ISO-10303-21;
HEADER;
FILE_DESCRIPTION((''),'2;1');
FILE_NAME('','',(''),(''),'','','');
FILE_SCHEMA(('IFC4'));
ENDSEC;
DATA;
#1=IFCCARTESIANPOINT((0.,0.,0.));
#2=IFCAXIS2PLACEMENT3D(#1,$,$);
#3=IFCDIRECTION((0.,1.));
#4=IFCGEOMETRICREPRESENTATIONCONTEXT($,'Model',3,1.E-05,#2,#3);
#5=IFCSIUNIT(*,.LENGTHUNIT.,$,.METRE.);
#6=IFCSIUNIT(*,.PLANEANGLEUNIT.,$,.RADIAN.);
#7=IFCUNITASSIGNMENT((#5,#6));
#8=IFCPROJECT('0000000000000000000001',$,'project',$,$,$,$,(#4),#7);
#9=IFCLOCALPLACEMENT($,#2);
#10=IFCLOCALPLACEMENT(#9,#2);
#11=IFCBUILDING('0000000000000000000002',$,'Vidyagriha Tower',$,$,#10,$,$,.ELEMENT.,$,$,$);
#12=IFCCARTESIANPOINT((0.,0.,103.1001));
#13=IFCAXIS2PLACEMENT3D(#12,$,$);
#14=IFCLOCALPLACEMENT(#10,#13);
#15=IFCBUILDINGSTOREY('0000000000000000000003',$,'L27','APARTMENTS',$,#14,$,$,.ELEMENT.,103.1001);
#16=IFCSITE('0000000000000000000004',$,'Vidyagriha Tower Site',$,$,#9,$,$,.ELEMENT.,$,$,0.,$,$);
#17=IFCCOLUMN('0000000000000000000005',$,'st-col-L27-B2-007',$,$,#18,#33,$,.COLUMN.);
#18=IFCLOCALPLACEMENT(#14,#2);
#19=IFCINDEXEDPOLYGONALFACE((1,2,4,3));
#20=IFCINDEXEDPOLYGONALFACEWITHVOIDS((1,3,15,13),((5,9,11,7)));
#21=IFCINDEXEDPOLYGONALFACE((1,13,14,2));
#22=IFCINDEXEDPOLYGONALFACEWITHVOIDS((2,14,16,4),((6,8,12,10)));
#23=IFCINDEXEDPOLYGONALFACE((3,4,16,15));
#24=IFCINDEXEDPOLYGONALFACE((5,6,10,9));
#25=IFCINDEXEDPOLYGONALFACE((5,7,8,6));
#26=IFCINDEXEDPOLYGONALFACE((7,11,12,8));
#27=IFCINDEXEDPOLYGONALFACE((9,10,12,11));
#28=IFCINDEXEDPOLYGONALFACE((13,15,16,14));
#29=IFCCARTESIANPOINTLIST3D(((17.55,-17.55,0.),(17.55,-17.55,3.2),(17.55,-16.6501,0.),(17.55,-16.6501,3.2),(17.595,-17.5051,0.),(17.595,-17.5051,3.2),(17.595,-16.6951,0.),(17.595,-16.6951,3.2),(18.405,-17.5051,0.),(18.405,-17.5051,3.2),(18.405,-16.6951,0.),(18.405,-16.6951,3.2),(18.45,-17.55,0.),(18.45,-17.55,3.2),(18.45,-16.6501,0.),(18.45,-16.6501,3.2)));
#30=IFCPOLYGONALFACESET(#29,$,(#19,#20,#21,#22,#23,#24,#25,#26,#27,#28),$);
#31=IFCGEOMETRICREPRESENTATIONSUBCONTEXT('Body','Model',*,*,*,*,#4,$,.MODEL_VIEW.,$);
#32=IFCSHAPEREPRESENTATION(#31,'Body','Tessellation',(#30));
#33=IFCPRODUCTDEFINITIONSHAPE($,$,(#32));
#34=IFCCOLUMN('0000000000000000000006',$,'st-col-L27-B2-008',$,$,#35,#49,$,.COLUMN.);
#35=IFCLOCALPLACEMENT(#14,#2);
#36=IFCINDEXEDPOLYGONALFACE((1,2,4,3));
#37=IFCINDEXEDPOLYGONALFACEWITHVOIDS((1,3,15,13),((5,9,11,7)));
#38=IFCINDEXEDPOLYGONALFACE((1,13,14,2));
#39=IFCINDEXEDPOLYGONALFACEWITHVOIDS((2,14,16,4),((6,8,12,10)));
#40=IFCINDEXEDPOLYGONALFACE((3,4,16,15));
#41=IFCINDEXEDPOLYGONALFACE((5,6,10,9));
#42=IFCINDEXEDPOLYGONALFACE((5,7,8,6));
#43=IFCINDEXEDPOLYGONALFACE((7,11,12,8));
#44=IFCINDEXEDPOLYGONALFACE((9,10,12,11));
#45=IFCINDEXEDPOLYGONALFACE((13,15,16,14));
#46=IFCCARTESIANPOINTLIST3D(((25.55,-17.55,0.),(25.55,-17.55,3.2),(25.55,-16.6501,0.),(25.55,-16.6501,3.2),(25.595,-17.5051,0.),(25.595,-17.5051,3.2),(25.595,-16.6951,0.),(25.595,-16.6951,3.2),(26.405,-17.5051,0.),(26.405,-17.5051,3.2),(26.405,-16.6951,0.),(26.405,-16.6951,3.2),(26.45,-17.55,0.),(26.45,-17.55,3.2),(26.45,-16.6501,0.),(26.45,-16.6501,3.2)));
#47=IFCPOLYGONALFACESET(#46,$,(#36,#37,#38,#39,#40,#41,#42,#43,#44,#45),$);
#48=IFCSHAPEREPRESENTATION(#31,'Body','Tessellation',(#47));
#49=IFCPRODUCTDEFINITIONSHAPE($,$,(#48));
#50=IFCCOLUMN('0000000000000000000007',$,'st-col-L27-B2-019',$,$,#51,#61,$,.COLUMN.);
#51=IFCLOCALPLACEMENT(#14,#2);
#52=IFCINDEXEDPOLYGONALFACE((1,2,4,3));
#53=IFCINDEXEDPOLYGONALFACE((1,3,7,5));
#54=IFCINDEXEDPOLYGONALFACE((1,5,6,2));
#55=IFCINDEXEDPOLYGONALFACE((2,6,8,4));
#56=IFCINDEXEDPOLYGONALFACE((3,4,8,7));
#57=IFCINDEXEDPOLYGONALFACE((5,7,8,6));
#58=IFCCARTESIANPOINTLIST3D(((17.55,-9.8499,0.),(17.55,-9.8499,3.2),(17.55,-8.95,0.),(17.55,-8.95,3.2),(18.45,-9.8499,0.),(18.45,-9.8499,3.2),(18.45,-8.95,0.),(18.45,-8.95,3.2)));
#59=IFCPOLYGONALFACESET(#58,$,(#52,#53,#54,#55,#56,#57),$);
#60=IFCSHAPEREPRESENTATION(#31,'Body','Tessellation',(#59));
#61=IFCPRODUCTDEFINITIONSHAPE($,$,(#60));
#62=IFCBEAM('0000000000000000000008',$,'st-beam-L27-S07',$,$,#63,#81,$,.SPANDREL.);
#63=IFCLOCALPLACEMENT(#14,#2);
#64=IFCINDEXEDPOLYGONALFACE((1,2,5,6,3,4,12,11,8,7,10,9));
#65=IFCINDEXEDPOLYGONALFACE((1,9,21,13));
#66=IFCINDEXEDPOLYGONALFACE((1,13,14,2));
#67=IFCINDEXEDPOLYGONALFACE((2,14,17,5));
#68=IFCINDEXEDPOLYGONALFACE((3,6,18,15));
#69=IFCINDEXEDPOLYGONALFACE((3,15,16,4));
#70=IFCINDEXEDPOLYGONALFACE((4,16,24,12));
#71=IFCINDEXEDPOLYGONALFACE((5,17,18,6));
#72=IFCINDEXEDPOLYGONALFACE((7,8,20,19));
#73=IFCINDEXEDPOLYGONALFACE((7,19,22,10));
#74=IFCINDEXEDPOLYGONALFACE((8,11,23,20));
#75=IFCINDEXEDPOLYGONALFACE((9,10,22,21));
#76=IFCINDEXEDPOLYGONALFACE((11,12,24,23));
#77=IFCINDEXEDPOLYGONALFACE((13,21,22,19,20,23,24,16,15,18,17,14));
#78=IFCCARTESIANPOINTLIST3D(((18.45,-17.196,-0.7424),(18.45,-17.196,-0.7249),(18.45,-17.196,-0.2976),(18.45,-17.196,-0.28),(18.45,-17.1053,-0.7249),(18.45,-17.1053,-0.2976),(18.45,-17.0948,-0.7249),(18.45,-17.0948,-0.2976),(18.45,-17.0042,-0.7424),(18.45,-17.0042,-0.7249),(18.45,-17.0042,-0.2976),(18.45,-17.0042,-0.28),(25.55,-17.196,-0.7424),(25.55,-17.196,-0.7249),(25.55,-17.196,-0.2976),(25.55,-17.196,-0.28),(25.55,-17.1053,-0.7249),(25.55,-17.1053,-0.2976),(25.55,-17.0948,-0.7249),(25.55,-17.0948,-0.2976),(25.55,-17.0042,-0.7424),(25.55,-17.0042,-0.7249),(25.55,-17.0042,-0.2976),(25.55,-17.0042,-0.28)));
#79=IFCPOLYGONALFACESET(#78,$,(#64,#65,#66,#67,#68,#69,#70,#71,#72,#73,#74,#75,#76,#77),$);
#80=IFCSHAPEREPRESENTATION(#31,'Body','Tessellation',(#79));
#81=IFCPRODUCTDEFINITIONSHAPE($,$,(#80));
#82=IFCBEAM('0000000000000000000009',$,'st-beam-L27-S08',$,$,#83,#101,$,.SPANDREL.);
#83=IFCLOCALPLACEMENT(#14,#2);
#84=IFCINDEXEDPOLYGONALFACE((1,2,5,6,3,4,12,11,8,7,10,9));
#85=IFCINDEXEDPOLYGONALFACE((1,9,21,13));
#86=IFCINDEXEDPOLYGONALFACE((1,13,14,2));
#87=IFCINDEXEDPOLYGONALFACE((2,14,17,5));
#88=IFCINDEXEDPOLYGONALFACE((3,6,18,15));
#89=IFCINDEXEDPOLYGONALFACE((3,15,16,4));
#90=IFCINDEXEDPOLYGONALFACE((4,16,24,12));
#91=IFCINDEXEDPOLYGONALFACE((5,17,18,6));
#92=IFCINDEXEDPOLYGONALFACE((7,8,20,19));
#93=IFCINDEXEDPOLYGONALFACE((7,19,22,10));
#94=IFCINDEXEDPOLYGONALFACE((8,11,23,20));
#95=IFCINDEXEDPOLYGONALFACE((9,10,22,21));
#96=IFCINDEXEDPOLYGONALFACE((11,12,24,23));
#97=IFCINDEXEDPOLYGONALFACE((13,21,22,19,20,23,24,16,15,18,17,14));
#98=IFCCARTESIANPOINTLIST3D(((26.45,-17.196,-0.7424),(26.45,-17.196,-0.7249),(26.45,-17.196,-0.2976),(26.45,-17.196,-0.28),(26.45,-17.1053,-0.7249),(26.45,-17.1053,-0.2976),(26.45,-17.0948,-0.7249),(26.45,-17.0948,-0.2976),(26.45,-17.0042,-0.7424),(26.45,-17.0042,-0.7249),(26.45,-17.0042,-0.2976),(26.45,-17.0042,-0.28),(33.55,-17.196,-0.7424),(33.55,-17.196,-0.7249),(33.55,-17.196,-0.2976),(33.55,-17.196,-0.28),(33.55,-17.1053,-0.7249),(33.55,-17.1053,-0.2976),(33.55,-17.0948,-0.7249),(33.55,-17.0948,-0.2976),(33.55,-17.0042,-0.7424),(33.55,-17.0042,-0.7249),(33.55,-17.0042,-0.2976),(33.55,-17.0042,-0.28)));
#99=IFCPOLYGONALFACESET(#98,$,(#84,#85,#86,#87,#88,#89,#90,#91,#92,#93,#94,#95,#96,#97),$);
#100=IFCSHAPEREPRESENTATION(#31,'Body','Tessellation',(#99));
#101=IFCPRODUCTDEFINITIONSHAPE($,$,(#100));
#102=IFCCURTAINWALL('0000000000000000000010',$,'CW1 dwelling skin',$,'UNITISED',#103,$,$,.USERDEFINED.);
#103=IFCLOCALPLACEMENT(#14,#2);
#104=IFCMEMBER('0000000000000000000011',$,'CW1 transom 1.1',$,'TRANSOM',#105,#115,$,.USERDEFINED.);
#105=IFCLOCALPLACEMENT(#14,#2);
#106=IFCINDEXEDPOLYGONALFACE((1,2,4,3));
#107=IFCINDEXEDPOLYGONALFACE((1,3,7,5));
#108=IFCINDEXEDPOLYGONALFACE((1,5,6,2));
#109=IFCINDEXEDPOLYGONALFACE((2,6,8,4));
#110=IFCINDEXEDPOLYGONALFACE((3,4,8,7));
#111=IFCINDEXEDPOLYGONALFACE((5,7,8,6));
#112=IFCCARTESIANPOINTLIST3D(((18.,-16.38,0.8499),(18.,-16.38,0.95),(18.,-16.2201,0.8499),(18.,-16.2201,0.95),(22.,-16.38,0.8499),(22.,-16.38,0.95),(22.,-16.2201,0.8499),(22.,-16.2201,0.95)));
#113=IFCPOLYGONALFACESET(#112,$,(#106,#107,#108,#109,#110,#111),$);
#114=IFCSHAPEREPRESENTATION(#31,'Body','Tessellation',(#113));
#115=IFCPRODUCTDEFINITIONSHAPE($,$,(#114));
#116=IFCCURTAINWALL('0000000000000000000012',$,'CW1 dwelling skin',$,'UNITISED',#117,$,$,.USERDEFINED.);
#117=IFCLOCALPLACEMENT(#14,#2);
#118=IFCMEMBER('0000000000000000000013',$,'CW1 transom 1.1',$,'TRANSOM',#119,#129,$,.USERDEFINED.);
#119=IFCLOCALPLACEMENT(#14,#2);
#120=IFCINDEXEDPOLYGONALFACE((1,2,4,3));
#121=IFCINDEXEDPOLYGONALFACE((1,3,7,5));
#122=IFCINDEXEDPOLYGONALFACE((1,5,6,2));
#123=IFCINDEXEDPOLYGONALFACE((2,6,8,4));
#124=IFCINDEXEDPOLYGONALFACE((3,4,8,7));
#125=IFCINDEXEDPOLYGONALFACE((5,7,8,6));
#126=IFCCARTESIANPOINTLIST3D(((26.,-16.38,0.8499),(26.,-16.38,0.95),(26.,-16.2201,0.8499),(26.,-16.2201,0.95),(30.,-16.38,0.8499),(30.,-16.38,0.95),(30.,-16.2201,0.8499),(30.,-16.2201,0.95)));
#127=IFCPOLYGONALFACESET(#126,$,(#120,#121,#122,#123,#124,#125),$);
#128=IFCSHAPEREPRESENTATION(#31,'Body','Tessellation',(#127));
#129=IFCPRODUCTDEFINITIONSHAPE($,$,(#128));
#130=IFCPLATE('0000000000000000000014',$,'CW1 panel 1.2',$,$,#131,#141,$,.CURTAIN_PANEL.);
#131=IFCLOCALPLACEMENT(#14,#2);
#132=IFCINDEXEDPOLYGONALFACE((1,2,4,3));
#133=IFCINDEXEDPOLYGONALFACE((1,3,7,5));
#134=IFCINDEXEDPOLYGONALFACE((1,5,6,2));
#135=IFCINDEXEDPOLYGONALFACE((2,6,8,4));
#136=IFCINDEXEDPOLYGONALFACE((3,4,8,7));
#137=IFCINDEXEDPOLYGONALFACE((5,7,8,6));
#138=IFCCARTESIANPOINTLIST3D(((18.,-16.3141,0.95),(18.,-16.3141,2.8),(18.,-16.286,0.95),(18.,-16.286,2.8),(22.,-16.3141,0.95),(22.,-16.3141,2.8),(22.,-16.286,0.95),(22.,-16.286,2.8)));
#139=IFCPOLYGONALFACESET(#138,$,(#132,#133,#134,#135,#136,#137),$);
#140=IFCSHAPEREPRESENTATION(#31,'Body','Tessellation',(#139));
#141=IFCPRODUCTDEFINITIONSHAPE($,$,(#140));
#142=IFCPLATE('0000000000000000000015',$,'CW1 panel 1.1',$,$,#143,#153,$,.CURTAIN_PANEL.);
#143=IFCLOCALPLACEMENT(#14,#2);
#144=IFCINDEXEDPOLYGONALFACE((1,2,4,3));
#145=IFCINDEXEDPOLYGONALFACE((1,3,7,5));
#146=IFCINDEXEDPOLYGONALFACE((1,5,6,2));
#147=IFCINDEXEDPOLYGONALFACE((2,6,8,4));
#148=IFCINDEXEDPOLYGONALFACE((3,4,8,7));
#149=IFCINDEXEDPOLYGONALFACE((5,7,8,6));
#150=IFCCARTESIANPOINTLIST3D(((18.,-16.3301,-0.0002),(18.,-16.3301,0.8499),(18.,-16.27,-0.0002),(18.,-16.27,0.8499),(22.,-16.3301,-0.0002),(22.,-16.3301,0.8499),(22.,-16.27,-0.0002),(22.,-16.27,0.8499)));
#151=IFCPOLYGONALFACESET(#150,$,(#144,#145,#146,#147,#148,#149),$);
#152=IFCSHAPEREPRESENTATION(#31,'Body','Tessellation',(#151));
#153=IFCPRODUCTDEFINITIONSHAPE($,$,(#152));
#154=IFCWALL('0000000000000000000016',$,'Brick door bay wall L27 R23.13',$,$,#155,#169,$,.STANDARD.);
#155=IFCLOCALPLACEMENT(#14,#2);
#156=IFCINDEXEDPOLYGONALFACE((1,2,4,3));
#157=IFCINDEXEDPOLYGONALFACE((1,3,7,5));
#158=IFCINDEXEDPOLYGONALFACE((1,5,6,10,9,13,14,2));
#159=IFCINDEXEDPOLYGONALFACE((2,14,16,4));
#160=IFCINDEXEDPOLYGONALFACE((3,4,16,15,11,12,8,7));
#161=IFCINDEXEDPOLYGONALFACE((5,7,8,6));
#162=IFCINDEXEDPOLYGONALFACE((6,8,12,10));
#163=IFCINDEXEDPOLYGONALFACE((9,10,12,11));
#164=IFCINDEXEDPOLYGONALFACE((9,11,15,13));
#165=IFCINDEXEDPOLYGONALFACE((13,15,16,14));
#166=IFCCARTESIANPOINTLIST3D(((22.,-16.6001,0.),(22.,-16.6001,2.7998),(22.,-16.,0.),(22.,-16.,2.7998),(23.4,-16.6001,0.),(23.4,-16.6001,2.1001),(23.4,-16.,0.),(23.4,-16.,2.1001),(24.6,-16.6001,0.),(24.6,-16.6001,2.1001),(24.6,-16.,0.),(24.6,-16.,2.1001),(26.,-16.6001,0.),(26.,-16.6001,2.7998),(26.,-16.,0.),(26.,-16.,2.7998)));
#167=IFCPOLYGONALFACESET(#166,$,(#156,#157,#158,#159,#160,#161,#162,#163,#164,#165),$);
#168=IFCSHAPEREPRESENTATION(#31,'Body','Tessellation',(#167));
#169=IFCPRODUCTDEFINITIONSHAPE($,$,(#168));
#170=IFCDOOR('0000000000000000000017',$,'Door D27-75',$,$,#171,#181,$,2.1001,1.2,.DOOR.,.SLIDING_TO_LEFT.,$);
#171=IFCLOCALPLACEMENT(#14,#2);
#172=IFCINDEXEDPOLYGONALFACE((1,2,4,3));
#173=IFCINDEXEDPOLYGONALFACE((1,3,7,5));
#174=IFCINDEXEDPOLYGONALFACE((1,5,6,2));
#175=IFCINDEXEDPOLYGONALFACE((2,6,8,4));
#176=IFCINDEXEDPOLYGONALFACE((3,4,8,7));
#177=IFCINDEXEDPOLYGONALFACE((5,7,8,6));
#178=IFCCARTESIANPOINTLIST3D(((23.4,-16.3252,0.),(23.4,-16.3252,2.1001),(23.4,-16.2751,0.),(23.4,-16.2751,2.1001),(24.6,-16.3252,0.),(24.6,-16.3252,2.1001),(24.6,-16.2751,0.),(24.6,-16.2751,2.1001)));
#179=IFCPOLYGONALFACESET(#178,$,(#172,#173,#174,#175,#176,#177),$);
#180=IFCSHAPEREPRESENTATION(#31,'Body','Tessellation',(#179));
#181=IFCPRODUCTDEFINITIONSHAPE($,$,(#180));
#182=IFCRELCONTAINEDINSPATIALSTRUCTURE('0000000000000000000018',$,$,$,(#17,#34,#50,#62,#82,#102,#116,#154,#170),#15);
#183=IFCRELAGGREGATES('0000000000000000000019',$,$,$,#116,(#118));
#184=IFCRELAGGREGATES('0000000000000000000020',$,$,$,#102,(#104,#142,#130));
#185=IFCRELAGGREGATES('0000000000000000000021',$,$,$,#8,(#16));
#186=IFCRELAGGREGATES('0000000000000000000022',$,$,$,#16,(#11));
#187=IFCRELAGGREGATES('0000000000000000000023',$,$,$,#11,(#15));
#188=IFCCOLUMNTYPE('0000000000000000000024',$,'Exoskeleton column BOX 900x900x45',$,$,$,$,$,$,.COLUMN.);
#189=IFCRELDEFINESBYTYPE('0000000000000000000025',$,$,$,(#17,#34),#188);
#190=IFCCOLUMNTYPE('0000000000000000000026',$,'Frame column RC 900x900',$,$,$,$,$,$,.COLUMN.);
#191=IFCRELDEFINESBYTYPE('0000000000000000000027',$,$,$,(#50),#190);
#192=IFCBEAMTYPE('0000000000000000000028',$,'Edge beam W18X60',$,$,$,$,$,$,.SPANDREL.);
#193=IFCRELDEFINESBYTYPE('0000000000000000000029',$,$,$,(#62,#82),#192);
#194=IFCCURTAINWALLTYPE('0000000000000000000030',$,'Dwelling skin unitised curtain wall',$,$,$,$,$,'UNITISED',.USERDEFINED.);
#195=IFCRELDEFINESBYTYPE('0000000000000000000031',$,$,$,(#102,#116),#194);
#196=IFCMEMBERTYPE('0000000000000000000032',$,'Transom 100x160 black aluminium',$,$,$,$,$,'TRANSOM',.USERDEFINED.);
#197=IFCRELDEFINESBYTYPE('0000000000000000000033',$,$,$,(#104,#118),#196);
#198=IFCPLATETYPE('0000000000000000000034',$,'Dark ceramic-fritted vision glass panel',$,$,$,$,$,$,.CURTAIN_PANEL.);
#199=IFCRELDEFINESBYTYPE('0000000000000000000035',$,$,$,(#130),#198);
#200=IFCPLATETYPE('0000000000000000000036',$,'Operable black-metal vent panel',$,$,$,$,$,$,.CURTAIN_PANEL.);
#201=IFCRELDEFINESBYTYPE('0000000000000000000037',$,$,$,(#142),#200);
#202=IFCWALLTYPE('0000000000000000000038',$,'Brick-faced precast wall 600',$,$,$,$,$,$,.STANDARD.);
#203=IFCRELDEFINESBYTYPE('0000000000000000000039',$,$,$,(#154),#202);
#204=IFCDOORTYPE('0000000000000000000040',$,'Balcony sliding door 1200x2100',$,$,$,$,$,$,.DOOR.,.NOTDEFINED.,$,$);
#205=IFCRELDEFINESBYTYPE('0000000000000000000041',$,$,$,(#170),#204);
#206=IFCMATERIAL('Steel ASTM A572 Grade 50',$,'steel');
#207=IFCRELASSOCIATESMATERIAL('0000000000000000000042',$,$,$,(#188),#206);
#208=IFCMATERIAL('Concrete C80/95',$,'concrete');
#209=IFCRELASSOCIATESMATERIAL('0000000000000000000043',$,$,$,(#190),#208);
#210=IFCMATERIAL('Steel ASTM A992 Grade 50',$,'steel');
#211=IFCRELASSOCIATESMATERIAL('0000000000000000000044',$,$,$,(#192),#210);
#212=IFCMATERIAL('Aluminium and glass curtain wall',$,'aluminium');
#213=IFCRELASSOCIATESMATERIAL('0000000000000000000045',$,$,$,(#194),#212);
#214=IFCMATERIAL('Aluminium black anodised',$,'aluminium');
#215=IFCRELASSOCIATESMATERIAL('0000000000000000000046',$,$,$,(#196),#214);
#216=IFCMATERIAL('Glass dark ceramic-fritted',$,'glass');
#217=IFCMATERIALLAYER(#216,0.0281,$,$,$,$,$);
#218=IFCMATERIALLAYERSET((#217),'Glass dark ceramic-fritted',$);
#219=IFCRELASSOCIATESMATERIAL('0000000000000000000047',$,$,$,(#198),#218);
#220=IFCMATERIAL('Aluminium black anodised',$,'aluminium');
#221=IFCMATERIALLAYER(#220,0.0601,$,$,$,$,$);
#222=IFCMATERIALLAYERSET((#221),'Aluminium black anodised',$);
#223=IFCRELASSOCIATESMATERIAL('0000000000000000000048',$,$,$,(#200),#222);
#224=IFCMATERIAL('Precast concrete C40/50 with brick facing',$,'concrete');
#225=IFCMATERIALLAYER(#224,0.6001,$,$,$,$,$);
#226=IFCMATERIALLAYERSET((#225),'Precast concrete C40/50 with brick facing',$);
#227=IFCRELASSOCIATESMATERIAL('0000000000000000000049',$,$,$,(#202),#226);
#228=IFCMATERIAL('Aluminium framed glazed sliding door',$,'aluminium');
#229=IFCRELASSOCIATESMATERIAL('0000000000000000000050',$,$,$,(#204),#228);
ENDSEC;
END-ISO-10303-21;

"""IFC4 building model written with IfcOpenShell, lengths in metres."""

from ifc_helpers import new_model, si_unit, direction, frame, frame_2d, origin, origin_2d, place, context, subcontext, project, spatial, rectangle, hollow_rectangle, i_section, extrude, material, layer, layer_set, material_profile, profile_set, type_object, element, fill, aggregate, save


model = new_model("IFC4")

# Units and contexts
model_context = context("Model", 3, precision=1e-05, world=origin(), true_north=direction((0.0, 1.0)))
body_context = subcontext(model_context, "Body", "Model", "MODEL_VIEW")
ifc_project = project(units=[si_unit("LENGTHUNIT", "METRE"), si_unit("PLANEANGLEUNIT", "RADIAN")], contexts=[model_context])

# Site, building, storey
site_placement = place(None, origin())
site = spatial("IfcSite", under=ifc_project, at=site_placement, Name="Vidyagriha Tower Site", CompositionType="ELEMENT", RefElevation=0.0)
building_placement = place(site_placement, origin())
building = spatial("IfcBuilding", under=site, at=building_placement, Name="Vidyagriha Tower", CompositionType="ELEMENT")
storey_placement = place(building_placement, frame((0.0, 0.0, 103.1001)))
storey = spatial("IfcBuildingStorey", under=building, at=storey_placement, Name="L27", Description="APARTMENTS", CompositionType="ELEMENT", Elevation=103.1001)

# Columns
ifc_material_1 = material(Name="Steel ASTM A572 Grade 50", Category="steel")
ifc_material_profile_1 = material_profile(ifc_material_1, hollow_rectangle(XDim=0.8999, YDim=0.8999, WallThickness=0.0449, at=origin_2d()), Name="BOX 900x900x45")
ifc_profile_set_1 = profile_set([ifc_material_profile_1], Name="Steel ASTM A572 Grade 50")
column_type_1 = type_object("IfcColumnType", Name="Exoskeleton column BOX 900x900x45", PredefinedType="COLUMN", material=ifc_profile_set_1)
for number, where, name in (
    (1, (18.0, -17.1001, 0.0), "st-col-L27-B2-007"),
    (2, (26.0, -17.1001, 0.0), "st-col-L27-B2-008"),
):
    element("IfcColumn", number, at=place(storey_placement, frame(where)), inside=storey, type_object=column_type_1, Name=name, PredefinedType="COLUMN", context=body_context, shape_type="SweptSolid", body=[
        extrude(hollow_rectangle(XDim=0.8999, YDim=0.8999, WallThickness=0.0449, at=origin_2d()), origin(), (0.0, 0.0, 1.0), 3.2),
    ])
ifc_material_2 = material(Name="Concrete C80/95", Category="concrete")
ifc_material_profile_2 = material_profile(ifc_material_2, rectangle(XDim=0.8999, YDim=0.8999, at=origin_2d()), Name="RC 900x900")
ifc_profile_set_2 = profile_set([ifc_material_profile_2], Name="Concrete C80/95")
column_type_2 = type_object("IfcColumnType", Name="Frame column RC 900x900", PredefinedType="COLUMN", material=ifc_profile_set_2)
column_placement = place(storey_placement, frame((18.0, -9.3999, 0.0)))
element("IfcColumn", 3, at=column_placement, inside=storey, type_object=column_type_2, Name="st-col-L27-B2-019", PredefinedType="COLUMN", context=body_context, shape_type="SweptSolid", body=[
    extrude(rectangle(XDim=0.8999, YDim=0.8999, at=origin_2d()), origin(), (0.0, 0.0, 1.0), 3.2),
])

# Beams
ifc_material_3 = material(Name="Steel ASTM A992 Grade 50", Category="steel")
ifc_material_profile_3 = material_profile(ifc_material_3, i_section(OverallWidth=0.1919, OverallDepth=0.4624, WebThickness=0.0105, FlangeThickness=0.0176, at=origin_2d()), Name="W18X60")
ifc_profile_set_3 = profile_set([ifc_material_profile_3], Name="Steel ASTM A992 Grade 50")
beam_type = type_object("IfcBeamType", Name="Edge beam W18X60", PredefinedType="SPANDREL", material=ifc_profile_set_3)
for number, where, z_axis, x_axis, name in (
    (4, (18.45, -17.1001, -0.5112), (1.0, 0.0, 0.0), (0.0, 1.0, 0.0), "st-beam-L27-S07"),
    (5, (26.45, -17.1001, -0.5112), (1.0, 0.0, 0.0), (0.0, 1.0, 0.0), "st-beam-L27-S08"),
):
    element("IfcBeam", number, at=place(storey_placement, frame(where, z_axis=z_axis, x_axis=x_axis)), inside=storey, type_object=beam_type, Name=name, PredefinedType="SPANDREL", context=body_context, shape_type="SweptSolid", body=[
        extrude(i_section(OverallWidth=0.1919, OverallDepth=0.4624, WebThickness=0.0105, FlangeThickness=0.0176, at=origin_2d()), origin(), (0.0, 0.0, 1.0), 7.1001),
    ])

# Curtain walls, members
ifc_material_4 = material(Name="Aluminium and glass curtain wall", Category="aluminium")
curtain_wall_type = type_object("IfcCurtainWallType", Name="Dwelling skin unitised curtain wall", ElementType="UNITISED", PredefinedType="USERDEFINED", material=ifc_material_4)
curtain_wall_1_placement = place(storey_placement, origin())
curtain_wall_1 = element("IfcCurtainWall", 6, at=curtain_wall_1_placement, inside=storey, type_object=curtain_wall_type, Name="CW1 dwelling skin", ObjectType="UNITISED", PredefinedType="USERDEFINED")
ifc_material_5 = material(Name="Aluminium black anodised", Category="aluminium")
ifc_material_profile_4 = material_profile(ifc_material_5, rectangle(XDim=0.1599, YDim=0.1001, at=origin_2d()), Name="Transom 100x160 black aluminium")
ifc_profile_set_4 = profile_set([ifc_material_profile_4], Name="Aluminium black anodised")
member_type = type_object("IfcMemberType", Name="Transom 100x160 black aluminium", ElementType="TRANSOM", PredefinedType="USERDEFINED", material=ifc_profile_set_4)
member_1_placement = place(storey_placement, frame((18.0, -16.3, 0.8999), z_axis=(1.0, 0.0, 0.0), x_axis=(0.0, 1.0, 0.0)))
member_1 = element("IfcMember", 7, at=member_1_placement, type_object=member_type, Name="CW1 transom 1.1", ObjectType="TRANSOM", PredefinedType="USERDEFINED", context=body_context, shape_type="SweptSolid", body=[
    extrude(rectangle(XDim=0.1599, YDim=0.1001, at=origin_2d()), origin(), (0.0, 0.0, 1.0), 4.0),
])
curtain_wall_2_placement = place(storey_placement, origin())
curtain_wall_2 = element("IfcCurtainWall", 8, at=curtain_wall_2_placement, inside=storey, type_object=curtain_wall_type, Name="CW1 dwelling skin", ObjectType="UNITISED", PredefinedType="USERDEFINED")
member_2_placement = place(storey_placement, frame((26.0, -16.3, 0.8999), z_axis=(1.0, 0.0, 0.0), x_axis=(0.0, 1.0, 0.0)))
member_2 = element("IfcMember", 9, at=member_2_placement, type_object=member_type, Name="CW1 transom 1.1", ObjectType="TRANSOM", PredefinedType="USERDEFINED", context=body_context, shape_type="SweptSolid", body=[
    extrude(rectangle(XDim=0.1599, YDim=0.1001, at=origin_2d()), origin(), (0.0, 0.0, 1.0), 4.0),
])
aggregate(curtain_wall_2, [member_2])

# Plates
ifc_material_6 = material(Name="Glass dark ceramic-fritted", Category="glass")
ifc_layer_1 = layer(ifc_material_6, 0.0281)
ifc_layer_set_1 = layer_set([ifc_layer_1], Name="Glass dark ceramic-fritted")
plate_type_1 = type_object("IfcPlateType", Name="Dark ceramic-fritted vision glass panel", PredefinedType="CURTAIN_PANEL", material=ifc_layer_set_1)
plate_1_placement = place(storey_placement, frame((20.0, -16.3, 0.95)))
plate_1 = element("IfcPlate", 10, at=plate_1_placement, type_object=plate_type_1, Name="CW1 panel 1.2", PredefinedType="CURTAIN_PANEL", context=body_context, shape_type="SweptSolid", body=[
    extrude(rectangle(XDim=4.0, YDim=0.0281, at=origin_2d()), origin(), (0.0, 0.0, 1.0), 1.8501),
])
ifc_material_7 = material(Name="Aluminium black anodised", Category="aluminium")
ifc_layer_2 = layer(ifc_material_7, 0.0601)
ifc_layer_set_2 = layer_set([ifc_layer_2], Name="Aluminium black anodised")
plate_type_2 = type_object("IfcPlateType", Name="Operable black-metal vent panel", PredefinedType="CURTAIN_PANEL", material=ifc_layer_set_2)
plate_2_placement = place(storey_placement, frame((20.0, -16.3, -0.0002)))
plate_2 = element("IfcPlate", 11, at=plate_2_placement, type_object=plate_type_2, Name="CW1 panel 1.1", PredefinedType="CURTAIN_PANEL", context=body_context, shape_type="SweptSolid", body=[
    extrude(rectangle(XDim=4.0, YDim=0.0601, at=origin_2d()), origin(), (0.0, 0.0, 1.0), 0.8501),
])
aggregate(curtain_wall_1, [member_1, plate_2, plate_1])

# Wall, opening, door
ifc_material_8 = material(Name="Precast concrete C40/50 with brick facing", Category="concrete")
ifc_layer_3 = layer(ifc_material_8, 0.6001)
ifc_layer_set_3 = layer_set([ifc_layer_3], Name="Precast concrete C40/50 with brick facing")
wall_type = type_object("IfcWallType", Name="Brick-faced precast wall 600", PredefinedType="STANDARD", material=ifc_layer_set_3)
wall_placement = place(storey_placement, frame((22.0, -16.3, 0.0)))
wall = element("IfcWall", 12, at=wall_placement, inside=storey, type_object=wall_type, Name="Brick door bay wall L27 R23.13", PredefinedType="STANDARD", context=body_context, shape_type="SweptSolid", body=[
    extrude(rectangle(XDim=4.0, YDim=0.6001, at=frame_2d((2.0, 0.0))), origin(), (0.0, 0.0, 1.0), 2.7998),
])
opening_placement = place(wall_placement, frame((1.3999, 0.0, 0.0)))
opening = element("IfcOpeningElement", 13, at=opening_placement, cuts=wall, PredefinedType="OPENING", context=body_context, shape_type="SweptSolid", body=[
    extrude(rectangle(XDim=1.2, YDim=2.1001, at=frame_2d((0.6001, 1.05))), frame((0.0, 0.3101, 0.0), z_axis=(0.0, -1.0, 0.0), x_axis=(1.0, 0.0, 0.0)), (0.0, 0.0, 1.0), 0.6201),
])
ifc_material_9 = material(Name="Aluminium framed glazed sliding door", Category="aluminium")
door_type = type_object("IfcDoorType", Name="Balcony sliding door 1200x2100", OperationType="NOTDEFINED", PredefinedType="DOOR", material=ifc_material_9)
door_placement = place(opening_placement, origin())
door = element("IfcDoor", 14, at=door_placement, inside=storey, type_object=door_type, Name="Door D27-75", OperationType="SLIDING_TO_LEFT", OverallHeight=2.1001, OverallWidth=1.2, PredefinedType="DOOR", context=body_context, shape_type="SweptSolid", body=[
    extrude(rectangle(XDim=1.2, YDim=2.1001, at=frame_2d((0.6001, 1.05))), frame((0.0, 0.0249, 0.0), z_axis=(0.0, -1.0, 0.0), x_axis=(1.0, 0.0, 0.0)), (0.0, 0.0, 1.0), 0.05),
])
fill(opening, door)

save(model, "model.ifc")
